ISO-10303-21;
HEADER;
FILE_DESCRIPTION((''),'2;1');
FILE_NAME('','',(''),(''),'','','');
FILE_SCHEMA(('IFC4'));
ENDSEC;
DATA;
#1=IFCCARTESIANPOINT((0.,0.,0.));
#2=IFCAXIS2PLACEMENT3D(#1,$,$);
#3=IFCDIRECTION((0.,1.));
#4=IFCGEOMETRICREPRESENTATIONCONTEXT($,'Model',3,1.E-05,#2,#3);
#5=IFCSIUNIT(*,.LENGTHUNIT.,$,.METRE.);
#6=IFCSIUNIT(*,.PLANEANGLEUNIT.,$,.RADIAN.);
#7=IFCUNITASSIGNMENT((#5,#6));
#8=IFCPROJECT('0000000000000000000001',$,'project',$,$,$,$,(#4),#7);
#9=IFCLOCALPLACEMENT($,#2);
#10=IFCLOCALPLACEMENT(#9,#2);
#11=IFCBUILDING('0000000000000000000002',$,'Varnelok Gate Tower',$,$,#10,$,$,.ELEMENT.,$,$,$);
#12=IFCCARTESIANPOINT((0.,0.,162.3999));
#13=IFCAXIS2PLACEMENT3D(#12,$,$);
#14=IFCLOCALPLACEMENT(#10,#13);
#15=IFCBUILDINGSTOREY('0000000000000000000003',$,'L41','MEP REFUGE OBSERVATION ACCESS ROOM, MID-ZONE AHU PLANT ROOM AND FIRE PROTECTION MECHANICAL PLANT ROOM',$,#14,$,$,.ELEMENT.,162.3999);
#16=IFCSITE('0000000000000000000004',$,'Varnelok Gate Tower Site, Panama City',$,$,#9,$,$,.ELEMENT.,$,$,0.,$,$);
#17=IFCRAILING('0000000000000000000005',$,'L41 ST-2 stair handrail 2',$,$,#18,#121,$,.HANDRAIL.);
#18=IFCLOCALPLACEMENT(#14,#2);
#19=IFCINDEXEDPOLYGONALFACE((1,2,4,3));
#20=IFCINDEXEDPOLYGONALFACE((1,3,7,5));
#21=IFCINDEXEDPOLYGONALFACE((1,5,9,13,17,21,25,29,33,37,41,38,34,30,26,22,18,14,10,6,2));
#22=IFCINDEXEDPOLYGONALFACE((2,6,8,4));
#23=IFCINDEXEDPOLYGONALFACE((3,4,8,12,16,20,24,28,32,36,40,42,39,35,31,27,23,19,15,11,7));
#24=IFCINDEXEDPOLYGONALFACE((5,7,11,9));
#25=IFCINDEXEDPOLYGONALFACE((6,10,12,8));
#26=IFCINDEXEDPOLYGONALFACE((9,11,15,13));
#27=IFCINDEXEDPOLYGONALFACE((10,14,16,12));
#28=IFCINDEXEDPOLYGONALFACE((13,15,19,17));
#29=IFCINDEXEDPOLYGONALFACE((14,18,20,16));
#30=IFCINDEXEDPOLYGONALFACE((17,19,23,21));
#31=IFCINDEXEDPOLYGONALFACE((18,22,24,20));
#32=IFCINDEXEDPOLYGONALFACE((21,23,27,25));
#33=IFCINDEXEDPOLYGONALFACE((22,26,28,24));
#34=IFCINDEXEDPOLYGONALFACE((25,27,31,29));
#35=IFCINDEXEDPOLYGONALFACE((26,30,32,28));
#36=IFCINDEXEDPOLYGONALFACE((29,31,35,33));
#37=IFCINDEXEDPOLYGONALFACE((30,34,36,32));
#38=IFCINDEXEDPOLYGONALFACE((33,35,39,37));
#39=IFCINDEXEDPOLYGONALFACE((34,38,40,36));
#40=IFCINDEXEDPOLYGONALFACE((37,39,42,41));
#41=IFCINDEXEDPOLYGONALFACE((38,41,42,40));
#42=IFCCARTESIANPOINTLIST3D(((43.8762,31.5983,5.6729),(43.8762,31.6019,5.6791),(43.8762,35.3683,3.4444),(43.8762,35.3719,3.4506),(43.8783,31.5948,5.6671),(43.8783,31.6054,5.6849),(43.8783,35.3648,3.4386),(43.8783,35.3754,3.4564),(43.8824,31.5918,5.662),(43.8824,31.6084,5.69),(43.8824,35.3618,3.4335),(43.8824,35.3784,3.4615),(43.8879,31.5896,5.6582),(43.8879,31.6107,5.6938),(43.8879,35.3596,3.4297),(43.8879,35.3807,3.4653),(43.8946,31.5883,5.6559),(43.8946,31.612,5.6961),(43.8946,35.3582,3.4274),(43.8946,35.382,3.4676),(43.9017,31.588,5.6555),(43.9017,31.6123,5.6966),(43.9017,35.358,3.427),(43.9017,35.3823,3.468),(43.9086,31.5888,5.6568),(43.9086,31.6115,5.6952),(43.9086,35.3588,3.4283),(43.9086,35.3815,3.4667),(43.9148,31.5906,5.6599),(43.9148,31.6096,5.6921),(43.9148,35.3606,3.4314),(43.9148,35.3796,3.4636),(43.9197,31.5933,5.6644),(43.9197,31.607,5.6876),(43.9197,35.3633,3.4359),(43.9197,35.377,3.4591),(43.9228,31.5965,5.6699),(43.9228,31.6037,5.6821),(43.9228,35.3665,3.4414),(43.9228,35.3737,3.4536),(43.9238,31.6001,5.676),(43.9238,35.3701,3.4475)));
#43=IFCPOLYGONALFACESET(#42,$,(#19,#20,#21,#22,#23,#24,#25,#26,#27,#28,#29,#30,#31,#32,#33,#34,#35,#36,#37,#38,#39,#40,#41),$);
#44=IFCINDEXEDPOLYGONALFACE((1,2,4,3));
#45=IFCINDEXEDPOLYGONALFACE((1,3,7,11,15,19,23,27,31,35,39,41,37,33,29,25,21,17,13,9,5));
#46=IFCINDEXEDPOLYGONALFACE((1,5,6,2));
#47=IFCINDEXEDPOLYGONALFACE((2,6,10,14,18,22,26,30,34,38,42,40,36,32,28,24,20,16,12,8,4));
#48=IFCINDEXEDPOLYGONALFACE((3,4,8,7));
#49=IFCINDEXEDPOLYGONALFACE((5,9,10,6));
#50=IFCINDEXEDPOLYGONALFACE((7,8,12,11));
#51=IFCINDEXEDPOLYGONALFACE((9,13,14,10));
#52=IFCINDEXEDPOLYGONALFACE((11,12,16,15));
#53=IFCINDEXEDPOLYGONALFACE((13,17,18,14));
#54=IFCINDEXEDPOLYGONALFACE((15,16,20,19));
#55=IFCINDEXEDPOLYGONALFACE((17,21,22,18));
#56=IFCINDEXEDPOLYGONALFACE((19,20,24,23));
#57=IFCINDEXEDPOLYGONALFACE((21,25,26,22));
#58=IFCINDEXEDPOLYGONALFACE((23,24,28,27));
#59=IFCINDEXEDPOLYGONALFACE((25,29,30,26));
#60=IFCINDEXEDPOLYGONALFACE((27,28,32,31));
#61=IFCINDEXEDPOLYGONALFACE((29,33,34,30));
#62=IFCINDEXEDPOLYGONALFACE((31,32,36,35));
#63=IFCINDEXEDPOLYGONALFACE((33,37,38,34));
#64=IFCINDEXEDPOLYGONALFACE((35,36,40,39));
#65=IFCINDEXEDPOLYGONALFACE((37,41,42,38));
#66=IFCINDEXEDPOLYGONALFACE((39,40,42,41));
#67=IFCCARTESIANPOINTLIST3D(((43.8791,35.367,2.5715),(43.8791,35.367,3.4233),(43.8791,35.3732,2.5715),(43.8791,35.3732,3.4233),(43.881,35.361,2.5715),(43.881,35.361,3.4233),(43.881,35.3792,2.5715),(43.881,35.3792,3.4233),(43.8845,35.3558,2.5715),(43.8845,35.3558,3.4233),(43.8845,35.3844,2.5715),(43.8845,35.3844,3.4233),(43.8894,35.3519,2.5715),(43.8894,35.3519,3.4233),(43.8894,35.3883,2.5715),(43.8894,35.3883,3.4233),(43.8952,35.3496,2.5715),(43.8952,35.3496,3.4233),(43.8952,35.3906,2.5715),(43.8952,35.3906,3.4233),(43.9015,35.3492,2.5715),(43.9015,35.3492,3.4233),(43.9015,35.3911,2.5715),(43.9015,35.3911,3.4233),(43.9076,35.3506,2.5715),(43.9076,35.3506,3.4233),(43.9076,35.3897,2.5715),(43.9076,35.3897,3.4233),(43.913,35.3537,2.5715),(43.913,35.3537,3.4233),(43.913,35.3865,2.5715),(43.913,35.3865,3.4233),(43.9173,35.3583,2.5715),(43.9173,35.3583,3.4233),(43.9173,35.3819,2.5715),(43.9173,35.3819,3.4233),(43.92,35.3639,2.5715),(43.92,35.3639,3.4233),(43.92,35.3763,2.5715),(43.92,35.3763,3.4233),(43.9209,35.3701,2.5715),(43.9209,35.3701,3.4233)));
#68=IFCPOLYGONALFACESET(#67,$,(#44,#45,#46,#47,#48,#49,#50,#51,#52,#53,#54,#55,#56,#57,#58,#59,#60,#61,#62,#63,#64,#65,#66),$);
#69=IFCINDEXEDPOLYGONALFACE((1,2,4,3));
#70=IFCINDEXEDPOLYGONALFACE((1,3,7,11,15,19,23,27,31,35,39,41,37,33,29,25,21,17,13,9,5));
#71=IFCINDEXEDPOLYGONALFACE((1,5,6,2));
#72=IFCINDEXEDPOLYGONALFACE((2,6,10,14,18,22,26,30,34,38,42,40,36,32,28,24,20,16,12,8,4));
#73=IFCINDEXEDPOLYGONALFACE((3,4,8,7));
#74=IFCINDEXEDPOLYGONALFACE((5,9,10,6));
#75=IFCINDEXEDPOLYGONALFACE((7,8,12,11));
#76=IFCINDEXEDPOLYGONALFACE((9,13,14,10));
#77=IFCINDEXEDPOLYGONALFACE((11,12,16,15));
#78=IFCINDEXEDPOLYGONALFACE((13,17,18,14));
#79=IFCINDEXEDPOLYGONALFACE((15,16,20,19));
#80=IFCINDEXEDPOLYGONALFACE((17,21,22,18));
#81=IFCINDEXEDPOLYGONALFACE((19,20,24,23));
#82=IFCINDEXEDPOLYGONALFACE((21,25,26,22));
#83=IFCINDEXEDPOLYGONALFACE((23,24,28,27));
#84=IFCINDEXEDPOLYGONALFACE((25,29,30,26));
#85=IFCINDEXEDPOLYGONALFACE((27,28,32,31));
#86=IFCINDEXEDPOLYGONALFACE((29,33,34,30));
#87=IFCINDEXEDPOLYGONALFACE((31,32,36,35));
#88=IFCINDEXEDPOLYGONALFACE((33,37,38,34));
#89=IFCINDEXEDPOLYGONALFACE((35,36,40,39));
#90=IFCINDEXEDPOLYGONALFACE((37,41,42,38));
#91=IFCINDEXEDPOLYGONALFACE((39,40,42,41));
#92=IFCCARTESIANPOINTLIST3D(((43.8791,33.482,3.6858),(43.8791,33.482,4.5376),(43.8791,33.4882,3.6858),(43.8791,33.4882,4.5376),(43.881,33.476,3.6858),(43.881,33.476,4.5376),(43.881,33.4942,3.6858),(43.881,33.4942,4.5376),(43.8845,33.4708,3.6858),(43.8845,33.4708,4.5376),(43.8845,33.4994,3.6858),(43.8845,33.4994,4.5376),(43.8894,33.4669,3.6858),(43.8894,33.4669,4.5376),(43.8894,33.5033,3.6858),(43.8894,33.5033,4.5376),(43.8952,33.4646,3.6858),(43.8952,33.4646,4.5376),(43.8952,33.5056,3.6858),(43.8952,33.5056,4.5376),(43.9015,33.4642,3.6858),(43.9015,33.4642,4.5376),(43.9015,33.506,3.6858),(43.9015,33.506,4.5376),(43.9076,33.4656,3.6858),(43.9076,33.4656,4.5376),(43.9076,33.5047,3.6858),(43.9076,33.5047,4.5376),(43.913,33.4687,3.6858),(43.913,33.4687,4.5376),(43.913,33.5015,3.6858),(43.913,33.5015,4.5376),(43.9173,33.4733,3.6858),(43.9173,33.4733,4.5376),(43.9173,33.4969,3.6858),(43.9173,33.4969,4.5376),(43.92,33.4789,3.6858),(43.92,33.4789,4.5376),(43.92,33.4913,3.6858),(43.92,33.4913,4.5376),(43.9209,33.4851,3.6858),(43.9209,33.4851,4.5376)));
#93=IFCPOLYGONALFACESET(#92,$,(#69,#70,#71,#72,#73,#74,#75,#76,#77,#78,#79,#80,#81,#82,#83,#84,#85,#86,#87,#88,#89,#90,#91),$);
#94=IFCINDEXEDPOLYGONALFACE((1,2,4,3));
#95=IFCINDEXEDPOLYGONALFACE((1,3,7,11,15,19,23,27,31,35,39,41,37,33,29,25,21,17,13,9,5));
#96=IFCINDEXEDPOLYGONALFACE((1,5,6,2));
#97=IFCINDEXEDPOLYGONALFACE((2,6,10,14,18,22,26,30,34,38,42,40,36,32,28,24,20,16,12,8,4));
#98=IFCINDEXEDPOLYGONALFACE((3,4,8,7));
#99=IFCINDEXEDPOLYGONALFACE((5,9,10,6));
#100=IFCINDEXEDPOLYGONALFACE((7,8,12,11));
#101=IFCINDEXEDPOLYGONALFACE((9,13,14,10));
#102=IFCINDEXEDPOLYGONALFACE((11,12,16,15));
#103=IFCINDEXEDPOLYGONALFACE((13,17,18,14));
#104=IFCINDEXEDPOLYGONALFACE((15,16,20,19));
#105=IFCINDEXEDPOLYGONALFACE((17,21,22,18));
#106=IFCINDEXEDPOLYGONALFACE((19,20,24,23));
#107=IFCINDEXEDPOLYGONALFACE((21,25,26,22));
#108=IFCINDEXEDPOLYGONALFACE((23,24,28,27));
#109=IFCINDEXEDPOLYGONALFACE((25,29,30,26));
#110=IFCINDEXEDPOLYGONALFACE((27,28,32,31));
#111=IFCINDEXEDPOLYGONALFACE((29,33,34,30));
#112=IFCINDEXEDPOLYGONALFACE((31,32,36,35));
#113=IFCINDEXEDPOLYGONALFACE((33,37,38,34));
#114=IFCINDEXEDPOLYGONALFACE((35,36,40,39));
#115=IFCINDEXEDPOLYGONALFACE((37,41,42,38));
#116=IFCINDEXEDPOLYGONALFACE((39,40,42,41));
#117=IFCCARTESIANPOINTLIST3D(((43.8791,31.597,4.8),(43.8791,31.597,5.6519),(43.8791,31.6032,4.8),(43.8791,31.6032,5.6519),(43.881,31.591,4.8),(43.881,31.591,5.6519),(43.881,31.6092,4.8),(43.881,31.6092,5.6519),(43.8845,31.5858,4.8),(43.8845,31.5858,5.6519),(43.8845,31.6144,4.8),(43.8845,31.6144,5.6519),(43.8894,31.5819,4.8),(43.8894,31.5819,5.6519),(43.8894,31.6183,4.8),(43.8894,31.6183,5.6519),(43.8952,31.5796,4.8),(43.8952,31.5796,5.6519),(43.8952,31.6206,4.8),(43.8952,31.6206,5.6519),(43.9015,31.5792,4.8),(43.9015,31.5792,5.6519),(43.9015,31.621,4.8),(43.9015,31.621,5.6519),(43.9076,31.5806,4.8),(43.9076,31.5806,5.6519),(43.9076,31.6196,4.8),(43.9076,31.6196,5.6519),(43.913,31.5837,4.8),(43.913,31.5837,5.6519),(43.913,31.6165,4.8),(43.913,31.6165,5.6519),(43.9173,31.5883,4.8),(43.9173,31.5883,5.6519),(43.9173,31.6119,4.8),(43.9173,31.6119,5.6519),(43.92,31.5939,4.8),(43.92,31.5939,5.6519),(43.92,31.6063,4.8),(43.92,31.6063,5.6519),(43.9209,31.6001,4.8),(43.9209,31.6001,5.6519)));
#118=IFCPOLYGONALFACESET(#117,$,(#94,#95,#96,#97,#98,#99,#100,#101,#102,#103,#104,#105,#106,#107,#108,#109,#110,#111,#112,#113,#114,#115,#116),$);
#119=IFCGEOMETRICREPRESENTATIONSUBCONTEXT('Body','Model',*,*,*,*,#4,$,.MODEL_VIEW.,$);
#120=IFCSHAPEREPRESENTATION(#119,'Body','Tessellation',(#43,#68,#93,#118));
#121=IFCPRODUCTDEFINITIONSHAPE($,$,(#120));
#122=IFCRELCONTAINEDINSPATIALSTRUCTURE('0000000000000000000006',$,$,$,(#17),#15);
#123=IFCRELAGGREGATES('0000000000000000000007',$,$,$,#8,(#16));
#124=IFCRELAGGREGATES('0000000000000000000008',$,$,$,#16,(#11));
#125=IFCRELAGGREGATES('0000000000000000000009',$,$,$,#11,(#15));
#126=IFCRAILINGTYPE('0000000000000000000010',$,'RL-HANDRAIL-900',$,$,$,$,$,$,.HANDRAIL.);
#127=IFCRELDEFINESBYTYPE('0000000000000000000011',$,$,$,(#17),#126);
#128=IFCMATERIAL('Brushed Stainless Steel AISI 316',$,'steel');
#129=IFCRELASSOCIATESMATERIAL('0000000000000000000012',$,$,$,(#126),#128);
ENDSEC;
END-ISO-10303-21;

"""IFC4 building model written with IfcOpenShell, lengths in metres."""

from ifc_helpers import new_model, si_unit, direction, frame, origin, origin_2d, place, context, subcontext, project, spatial, circle, extrude, material, type_object, element, save


model = new_model("IFC4")

# Units and contexts
model_context = context("Model", 3, precision=1e-05, world=origin(), true_north=direction((0.0, 1.0)))
body_context = subcontext(model_context, "Body", "Model", "MODEL_VIEW")
ifc_project = project(units=[si_unit("LENGTHUNIT", "METRE"), si_unit("PLANEANGLEUNIT", "RADIAN")], contexts=[model_context])

# Site, building, storey
site_placement = place(None, origin())
site = spatial("IfcSite", under=ifc_project, at=site_placement, Name="Varnelok Gate Tower Site, Panama City", CompositionType="ELEMENT", RefElevation=0.0)
building_placement = place(site_placement, origin())
building = spatial("IfcBuilding", under=site, at=building_placement, Name="Varnelok Gate Tower", CompositionType="ELEMENT")
storey_placement = place(building_placement, frame((0.0, 0.0, 162.3999)))
storey = spatial("IfcBuildingStorey", under=building, at=storey_placement, Name="L41", Description="MEP REFUGE OBSERVATION ACCESS ROOM, MID-ZONE AHU PLANT ROOM AND FIRE PROTECTION MECHANICAL PLANT ROOM", CompositionType="ELEMENT", Elevation=162.3999)

# Railing
ifc_material_1 = material(Name="Brushed Stainless Steel AISI 316", Category="steel")
railing_type_1 = type_object("IfcRailingType", Name="RL-HANDRAIL-900", PredefinedType="HANDRAIL", material=ifc_material_1)
railing_1_placement = place(storey_placement, frame((43.8999, 35.3701, 2.5715)))
element("IfcRailing", 1, at=railing_1_placement, inside=storey, type_object=railing_type_1, Name="L41 ST-2 stair handrail 2", PredefinedType="HANDRAIL", context=body_context, shape_type="SweptSolid", body=[
    extrude(circle(Radius=0.0239, at=origin_2d()), frame((0.0, 0.0, 0.876), z_axis=(0.0, -0.860849, 0.508861), x_axis=(1.0, 0.0, 0.0)), (0.0, 0.0, 1.0), 4.3794),
    extrude(circle(Radius=0.021, at=origin_2d()), origin(), (0.0, 0.0, 1.0), 0.8518),
    extrude(circle(Radius=0.021, at=origin_2d()), frame((0.0, -1.885, 1.1143)), (0.0, 0.0, 1.0), 0.8518),
    extrude(circle(Radius=0.021, at=origin_2d()), frame((0.0, -3.77, 2.2285)), (0.0, 0.0, 1.0), 0.8518),
])

save(model, "model.ifc")
